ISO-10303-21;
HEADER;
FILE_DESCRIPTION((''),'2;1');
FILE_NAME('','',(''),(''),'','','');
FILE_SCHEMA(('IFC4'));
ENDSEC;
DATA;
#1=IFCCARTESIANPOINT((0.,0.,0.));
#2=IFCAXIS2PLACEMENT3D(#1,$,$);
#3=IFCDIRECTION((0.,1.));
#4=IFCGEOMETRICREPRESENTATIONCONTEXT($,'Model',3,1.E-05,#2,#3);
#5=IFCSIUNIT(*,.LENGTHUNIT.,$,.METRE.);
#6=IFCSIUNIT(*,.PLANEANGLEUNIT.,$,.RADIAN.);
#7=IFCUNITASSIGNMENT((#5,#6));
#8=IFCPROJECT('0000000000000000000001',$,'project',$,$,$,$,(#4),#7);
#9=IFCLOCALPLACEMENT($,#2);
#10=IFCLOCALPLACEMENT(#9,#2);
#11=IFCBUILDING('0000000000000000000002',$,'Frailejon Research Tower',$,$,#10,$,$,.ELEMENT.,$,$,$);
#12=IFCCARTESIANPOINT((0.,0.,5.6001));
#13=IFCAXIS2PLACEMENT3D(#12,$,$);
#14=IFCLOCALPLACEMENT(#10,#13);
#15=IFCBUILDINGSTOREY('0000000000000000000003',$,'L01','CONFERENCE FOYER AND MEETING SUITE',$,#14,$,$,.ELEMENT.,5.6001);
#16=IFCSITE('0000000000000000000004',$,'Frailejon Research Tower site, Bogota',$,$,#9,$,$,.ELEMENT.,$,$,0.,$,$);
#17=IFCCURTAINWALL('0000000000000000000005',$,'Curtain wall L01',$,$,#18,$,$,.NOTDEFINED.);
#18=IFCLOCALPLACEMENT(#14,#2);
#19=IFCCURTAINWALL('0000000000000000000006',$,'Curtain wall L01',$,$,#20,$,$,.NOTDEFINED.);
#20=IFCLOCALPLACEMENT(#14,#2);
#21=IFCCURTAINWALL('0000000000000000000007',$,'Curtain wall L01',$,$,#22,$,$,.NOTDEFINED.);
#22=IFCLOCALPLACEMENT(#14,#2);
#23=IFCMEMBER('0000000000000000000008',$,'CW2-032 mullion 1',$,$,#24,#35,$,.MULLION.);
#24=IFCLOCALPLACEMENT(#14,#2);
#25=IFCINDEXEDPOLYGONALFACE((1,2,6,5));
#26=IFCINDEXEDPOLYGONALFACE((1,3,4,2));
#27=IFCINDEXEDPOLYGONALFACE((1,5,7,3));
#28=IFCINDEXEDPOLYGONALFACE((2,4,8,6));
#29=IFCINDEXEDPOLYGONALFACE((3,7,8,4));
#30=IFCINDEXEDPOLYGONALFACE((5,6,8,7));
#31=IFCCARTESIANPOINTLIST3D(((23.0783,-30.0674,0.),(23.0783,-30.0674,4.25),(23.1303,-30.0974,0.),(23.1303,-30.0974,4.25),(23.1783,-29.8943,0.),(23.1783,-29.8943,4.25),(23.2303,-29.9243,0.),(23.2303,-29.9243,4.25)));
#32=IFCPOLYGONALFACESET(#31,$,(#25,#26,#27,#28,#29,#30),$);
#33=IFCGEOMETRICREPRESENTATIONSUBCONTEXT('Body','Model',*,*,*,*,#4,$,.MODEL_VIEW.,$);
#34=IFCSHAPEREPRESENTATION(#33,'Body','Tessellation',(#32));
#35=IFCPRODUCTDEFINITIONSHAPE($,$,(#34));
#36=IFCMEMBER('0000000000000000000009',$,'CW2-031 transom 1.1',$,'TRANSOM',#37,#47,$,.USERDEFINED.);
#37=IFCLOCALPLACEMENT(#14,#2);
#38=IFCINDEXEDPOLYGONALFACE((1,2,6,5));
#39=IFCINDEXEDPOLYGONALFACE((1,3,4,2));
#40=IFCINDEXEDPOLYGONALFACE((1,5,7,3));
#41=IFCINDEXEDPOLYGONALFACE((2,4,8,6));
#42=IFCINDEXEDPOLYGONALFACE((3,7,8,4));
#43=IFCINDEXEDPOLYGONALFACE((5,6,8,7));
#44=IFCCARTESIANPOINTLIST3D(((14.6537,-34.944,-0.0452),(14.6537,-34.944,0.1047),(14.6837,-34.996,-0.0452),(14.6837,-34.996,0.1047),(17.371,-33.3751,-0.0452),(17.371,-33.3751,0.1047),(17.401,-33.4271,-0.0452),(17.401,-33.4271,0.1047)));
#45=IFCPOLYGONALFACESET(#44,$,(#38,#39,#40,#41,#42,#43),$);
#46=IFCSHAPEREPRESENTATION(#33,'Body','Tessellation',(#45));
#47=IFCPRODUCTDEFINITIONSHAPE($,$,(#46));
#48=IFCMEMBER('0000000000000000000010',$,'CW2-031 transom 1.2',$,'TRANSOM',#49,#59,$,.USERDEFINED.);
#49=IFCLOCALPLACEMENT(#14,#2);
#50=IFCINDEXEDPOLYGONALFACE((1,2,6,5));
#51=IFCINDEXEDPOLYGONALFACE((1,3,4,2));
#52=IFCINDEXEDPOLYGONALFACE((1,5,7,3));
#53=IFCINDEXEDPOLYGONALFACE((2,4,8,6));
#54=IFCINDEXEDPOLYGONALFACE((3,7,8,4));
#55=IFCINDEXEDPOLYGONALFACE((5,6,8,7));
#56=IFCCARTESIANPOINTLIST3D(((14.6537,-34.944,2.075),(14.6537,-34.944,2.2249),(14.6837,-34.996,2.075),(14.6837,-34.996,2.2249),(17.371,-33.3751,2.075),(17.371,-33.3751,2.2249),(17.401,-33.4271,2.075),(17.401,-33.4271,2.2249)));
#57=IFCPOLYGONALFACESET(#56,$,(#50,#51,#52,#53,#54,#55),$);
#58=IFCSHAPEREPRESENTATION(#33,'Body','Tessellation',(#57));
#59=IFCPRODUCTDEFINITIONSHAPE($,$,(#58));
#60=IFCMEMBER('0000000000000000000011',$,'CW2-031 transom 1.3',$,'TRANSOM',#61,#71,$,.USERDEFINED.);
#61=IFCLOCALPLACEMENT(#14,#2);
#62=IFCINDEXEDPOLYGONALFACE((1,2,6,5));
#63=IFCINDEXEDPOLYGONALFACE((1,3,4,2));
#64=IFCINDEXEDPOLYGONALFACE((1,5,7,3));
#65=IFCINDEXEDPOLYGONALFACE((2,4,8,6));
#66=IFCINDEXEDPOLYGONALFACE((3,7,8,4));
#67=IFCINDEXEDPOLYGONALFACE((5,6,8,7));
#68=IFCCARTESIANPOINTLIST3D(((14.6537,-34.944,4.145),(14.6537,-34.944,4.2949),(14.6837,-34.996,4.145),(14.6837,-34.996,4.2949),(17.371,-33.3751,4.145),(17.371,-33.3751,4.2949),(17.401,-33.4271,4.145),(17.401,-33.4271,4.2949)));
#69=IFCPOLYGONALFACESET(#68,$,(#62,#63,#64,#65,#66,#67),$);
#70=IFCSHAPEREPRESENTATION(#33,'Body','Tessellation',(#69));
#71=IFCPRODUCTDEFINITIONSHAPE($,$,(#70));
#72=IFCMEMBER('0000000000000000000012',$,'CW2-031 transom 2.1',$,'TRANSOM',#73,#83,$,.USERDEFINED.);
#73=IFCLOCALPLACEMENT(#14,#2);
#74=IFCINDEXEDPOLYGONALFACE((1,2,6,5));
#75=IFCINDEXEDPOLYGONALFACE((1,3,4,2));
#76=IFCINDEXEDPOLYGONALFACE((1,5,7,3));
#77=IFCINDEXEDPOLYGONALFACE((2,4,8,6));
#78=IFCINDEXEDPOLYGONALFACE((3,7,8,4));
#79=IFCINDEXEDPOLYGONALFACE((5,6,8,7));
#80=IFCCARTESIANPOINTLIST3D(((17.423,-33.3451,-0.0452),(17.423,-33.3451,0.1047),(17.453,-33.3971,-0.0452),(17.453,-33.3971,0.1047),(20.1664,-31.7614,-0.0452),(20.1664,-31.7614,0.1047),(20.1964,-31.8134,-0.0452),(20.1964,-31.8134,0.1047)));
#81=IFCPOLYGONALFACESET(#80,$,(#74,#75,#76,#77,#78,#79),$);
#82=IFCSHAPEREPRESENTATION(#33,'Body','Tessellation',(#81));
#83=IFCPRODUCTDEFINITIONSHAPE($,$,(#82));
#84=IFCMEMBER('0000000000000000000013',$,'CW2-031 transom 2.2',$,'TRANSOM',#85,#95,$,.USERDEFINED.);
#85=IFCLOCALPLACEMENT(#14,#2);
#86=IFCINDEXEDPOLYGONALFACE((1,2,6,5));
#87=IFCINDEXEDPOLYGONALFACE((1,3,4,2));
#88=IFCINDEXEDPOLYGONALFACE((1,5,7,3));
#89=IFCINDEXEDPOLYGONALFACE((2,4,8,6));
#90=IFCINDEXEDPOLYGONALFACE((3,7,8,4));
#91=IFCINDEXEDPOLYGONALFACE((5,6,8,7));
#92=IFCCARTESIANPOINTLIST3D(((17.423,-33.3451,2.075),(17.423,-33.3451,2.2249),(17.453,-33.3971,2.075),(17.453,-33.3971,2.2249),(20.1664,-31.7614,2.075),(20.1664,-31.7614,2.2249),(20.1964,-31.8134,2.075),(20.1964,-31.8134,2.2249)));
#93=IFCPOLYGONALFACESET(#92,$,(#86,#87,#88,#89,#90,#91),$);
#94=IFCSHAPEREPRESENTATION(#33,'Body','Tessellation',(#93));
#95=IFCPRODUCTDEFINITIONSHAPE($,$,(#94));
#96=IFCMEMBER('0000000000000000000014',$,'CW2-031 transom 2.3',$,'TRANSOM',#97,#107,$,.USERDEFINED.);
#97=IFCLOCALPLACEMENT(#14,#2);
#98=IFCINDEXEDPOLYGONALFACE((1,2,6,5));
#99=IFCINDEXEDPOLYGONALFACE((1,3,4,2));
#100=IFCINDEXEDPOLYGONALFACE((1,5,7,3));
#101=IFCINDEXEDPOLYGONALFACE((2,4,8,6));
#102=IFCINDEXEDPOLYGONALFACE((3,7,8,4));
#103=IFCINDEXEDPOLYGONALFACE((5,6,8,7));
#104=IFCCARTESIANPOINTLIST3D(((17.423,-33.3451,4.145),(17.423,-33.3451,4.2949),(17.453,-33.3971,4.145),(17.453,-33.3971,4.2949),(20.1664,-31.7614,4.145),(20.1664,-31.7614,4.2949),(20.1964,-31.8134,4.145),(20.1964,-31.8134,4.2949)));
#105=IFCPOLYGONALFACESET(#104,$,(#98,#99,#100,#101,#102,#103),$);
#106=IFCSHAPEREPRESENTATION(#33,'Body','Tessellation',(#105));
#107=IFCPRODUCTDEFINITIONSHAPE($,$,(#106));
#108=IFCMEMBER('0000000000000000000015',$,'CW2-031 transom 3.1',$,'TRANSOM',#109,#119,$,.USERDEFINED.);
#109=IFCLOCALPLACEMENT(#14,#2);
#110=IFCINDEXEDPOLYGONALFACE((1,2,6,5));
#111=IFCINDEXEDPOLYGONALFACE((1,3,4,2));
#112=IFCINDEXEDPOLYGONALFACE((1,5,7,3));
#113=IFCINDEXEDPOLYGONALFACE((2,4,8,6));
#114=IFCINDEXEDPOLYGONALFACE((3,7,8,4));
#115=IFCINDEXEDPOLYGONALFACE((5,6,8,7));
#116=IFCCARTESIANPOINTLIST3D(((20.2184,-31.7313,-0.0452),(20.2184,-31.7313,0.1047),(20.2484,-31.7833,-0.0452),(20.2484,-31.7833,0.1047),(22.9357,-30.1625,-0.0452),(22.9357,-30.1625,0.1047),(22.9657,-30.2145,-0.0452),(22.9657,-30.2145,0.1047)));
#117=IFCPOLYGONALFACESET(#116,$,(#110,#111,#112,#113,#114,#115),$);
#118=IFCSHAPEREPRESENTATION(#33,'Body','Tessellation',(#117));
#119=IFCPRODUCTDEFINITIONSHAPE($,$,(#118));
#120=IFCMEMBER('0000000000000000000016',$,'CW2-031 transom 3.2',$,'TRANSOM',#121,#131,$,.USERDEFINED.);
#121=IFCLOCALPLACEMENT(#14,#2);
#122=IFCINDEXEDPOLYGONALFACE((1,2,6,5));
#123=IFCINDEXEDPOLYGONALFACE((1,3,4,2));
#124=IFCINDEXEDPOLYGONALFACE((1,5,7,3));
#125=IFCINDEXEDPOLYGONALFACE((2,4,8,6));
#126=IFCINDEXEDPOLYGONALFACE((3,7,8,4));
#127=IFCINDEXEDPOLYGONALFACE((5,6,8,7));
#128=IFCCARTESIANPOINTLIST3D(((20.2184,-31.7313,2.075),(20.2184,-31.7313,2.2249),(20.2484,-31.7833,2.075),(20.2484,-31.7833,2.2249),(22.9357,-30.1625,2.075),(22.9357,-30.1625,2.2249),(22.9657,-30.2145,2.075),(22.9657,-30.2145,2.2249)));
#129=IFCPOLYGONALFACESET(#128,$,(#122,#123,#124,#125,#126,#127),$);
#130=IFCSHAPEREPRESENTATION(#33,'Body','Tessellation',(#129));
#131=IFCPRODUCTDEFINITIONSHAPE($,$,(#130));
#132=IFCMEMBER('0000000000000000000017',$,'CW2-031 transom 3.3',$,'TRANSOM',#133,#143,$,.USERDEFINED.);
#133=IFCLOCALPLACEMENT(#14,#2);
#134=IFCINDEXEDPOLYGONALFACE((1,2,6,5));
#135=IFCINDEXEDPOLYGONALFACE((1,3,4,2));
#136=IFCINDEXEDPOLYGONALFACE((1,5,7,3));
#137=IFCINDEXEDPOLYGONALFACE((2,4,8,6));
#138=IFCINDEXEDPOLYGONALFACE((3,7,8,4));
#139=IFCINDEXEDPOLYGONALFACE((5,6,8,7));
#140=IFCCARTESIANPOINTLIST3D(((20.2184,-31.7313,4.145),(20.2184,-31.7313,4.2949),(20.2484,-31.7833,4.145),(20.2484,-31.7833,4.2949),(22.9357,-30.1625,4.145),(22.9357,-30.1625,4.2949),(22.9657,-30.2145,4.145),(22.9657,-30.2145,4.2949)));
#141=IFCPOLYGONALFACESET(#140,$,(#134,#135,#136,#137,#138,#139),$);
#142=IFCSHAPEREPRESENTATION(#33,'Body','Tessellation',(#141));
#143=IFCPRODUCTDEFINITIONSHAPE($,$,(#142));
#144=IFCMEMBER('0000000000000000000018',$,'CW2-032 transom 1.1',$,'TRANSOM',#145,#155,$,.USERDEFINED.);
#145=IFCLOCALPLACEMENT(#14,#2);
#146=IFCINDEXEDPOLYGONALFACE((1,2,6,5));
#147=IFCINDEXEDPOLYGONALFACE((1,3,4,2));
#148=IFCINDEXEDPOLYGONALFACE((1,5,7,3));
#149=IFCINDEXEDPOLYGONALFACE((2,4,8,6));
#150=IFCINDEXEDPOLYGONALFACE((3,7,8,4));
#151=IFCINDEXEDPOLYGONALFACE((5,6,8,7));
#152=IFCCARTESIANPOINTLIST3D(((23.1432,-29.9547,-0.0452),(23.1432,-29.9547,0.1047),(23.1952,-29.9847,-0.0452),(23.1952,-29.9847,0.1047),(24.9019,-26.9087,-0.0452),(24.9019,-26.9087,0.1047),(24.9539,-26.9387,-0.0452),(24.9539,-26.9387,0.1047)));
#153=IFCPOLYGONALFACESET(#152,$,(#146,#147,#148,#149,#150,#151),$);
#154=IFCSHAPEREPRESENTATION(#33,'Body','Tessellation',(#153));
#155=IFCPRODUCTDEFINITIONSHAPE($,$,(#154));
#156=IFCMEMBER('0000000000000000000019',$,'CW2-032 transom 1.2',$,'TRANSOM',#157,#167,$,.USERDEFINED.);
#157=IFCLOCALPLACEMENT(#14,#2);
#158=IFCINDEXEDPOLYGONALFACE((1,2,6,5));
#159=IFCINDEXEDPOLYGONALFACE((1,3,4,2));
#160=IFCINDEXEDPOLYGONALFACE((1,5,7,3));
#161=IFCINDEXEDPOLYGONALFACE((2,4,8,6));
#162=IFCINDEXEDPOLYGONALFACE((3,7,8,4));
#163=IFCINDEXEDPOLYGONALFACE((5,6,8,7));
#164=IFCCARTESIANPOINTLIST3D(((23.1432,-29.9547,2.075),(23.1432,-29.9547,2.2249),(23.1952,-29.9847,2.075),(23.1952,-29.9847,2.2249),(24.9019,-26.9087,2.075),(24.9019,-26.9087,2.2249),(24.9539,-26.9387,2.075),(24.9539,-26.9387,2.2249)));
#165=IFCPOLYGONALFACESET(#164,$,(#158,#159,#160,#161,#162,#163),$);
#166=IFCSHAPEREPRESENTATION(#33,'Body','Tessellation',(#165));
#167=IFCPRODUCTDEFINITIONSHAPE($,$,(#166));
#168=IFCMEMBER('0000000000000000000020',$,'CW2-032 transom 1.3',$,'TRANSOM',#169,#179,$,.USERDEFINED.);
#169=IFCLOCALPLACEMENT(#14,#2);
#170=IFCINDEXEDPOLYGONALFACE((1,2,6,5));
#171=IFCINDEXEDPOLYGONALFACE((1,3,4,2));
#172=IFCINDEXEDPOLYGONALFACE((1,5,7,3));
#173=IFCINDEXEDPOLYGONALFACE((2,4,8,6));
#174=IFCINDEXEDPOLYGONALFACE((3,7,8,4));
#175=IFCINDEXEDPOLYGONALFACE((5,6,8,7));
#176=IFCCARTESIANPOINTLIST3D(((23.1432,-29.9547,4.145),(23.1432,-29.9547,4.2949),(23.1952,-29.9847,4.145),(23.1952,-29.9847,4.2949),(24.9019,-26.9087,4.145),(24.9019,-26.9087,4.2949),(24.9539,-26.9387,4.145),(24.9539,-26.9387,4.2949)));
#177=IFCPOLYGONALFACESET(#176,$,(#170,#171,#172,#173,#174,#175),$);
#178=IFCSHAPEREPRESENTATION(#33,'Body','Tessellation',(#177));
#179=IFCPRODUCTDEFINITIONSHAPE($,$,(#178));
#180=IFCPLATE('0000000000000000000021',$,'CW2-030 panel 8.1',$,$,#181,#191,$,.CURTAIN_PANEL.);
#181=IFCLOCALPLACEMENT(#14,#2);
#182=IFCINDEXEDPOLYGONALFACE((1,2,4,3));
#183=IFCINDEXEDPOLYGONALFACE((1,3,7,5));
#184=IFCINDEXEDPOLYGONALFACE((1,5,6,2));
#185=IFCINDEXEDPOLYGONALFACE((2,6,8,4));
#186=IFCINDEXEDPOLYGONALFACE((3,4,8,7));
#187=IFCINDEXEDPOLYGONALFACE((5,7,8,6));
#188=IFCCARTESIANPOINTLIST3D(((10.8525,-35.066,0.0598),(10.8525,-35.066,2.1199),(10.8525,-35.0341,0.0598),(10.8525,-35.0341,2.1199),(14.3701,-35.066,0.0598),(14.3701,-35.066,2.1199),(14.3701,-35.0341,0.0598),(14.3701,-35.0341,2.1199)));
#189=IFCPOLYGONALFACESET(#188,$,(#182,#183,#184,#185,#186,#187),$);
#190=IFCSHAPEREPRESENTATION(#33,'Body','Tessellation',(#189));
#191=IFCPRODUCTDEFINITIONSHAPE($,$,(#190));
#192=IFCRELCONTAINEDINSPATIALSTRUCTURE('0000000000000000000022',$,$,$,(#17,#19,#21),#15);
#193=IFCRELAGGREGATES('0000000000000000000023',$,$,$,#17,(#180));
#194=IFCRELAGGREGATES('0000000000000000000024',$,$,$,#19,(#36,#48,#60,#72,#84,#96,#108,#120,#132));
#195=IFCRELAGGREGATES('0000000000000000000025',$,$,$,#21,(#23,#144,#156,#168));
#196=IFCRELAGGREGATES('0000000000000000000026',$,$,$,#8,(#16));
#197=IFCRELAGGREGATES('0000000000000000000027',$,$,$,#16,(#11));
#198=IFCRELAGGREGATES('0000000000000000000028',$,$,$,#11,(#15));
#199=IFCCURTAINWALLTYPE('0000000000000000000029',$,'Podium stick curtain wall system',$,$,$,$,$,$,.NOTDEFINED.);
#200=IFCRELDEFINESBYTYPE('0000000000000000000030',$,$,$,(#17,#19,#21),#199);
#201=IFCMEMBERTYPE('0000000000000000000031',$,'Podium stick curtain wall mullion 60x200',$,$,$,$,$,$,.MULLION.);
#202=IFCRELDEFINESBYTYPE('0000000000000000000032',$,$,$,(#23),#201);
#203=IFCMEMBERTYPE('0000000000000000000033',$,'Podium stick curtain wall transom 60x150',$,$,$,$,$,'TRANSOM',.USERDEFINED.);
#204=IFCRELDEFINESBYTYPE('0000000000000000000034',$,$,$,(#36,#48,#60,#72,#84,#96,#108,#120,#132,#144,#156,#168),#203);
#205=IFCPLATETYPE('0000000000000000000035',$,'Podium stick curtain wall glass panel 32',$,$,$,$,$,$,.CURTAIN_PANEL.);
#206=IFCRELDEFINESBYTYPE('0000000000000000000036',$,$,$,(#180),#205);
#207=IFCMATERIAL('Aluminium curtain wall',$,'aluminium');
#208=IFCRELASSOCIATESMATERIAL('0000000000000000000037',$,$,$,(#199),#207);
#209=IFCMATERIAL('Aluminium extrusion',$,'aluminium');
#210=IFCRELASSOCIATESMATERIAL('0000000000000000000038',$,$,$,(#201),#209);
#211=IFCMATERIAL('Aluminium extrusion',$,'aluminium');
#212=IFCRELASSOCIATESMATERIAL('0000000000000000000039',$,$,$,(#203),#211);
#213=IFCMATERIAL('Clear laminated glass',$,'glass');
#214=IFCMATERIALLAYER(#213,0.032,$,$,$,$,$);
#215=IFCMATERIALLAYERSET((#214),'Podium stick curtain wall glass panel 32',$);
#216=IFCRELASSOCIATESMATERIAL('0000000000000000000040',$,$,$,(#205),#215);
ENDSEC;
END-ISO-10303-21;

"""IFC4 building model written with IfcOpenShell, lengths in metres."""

from ifc_helpers import new_model, si_unit, direction, frame, origin, origin_2d, place, context, subcontext, project, spatial, rectangle, extrude, material, layer, layer_set, material_profile, profile_set, type_object, element, aggregate, save


model = new_model("IFC4")

# Units and contexts
model_context = context("Model", 3, precision=1e-05, world=origin(), true_north=direction((0.0, 1.0)))
body_context = subcontext(model_context, "Body", "Model", "MODEL_VIEW")
ifc_project = project(units=[si_unit("LENGTHUNIT", "METRE"), si_unit("PLANEANGLEUNIT", "RADIAN")], contexts=[model_context])

# Site, building, storey
site_placement = place(None, origin())
site = spatial("IfcSite", under=ifc_project, at=site_placement, Name="Frailejon Research Tower site, Bogota", CompositionType="ELEMENT", RefElevation=0.0)
building_placement = place(site_placement, origin())
building = spatial("IfcBuilding", under=site, at=building_placement, Name="Frailejon Research Tower", CompositionType="ELEMENT")
storey_placement = place(building_placement, frame((0.0, 0.0, 5.6001)))
storey = spatial("IfcBuildingStorey", under=building, at=storey_placement, Name="L01", Description="CONFERENCE FOYER AND MEETING SUITE", CompositionType="ELEMENT", Elevation=5.6001)

# Curtain wall
ifc_material_1 = material(Name="Aluminium curtain wall", Category="aluminium")
curtain_wall_type = type_object("IfcCurtainWallType", Name="Podium stick curtain wall system", PredefinedType="NOTDEFINED", material=ifc_material_1)
curtain_wall_1_placement = place(storey_placement, origin())
curtain_wall_1 = element("IfcCurtainWall", 1, at=curtain_wall_1_placement, inside=storey, type_object=curtain_wall_type, Name="Curtain wall L01", PredefinedType="NOTDEFINED")
ifc_material_2 = material(Name="Aluminium extrusion", Category="aluminium")
ifc_material_profile_1 = material_profile(ifc_material_2, rectangle(XDim=0.0601, YDim=0.2, at=origin_2d()), Name="Podium stick curtain wall mullion 60x200")
ifc_profile_set_1 = profile_set([ifc_material_profile_1], Name="Aluminium extrusion")
member_type_1 = type_object("IfcMemberType", Name="Podium stick curtain wall mullion 60x200", PredefinedType="MULLION", material=ifc_profile_set_1)

# Curtain wall
curtain_wall_2_placement = place(storey_placement, origin())
curtain_wall_2 = element("IfcCurtainWall", 2, at=curtain_wall_2_placement, inside=storey, type_object=curtain_wall_type, Name="Curtain wall L01", PredefinedType="NOTDEFINED")

# Curtain wall, member
curtain_wall_3_placement = place(storey_placement, origin())
curtain_wall_3 = element("IfcCurtainWall", 3, at=curtain_wall_3_placement, inside=storey, type_object=curtain_wall_type, Name="Curtain wall L01", PredefinedType="NOTDEFINED")
member_1_placement = place(storey_placement, frame((23.1543, -29.9958, 0.0), z_axis=(0.0, 0.0, 1.0), x_axis=(-0.866026, 0.499998, 0.0)))
member_1 = element("IfcMember", 4, at=member_1_placement, type_object=member_type_1, Name="CW2-032 mullion 1", PredefinedType="MULLION", context=body_context, shape_type="SweptSolid", body=[
    extrude(rectangle(XDim=0.0601, YDim=0.2, at=origin_2d()), origin(), (0.0, 0.0, 1.0), 4.25),
])

# Members
ifc_material_3 = material(Name="Aluminium extrusion", Category="aluminium")
ifc_material_profile_2 = material_profile(ifc_material_3, rectangle(XDim=0.0601, YDim=0.1499, at=origin_2d()), Name="Podium stick curtain wall transom 60x150")
ifc_profile_set_2 = profile_set([ifc_material_profile_2], Name="Aluminium extrusion")
member_type_2 = type_object("IfcMemberType", Name="Podium stick curtain wall transom 60x150", ElementType="TRANSOM", PredefinedType="USERDEFINED", material=ifc_profile_set_2)
member_2_placement = place(storey_placement, frame((14.6687, -34.97, 0.0298), z_axis=(0.866022, 0.500005, 0.0), x_axis=(-0.500005, 0.866022, 0.0)))
member_2 = element("IfcMember", 5, at=member_2_placement, type_object=member_type_2, Name="CW2-031 transom 1.1", ObjectType="TRANSOM", PredefinedType="USERDEFINED", context=body_context, shape_type="SweptSolid", body=[
    extrude(rectangle(XDim=0.0601, YDim=0.1499, at=origin_2d()), origin(), (0.0, 0.0, 1.0), 3.1377),
])
member_3_placement = place(storey_placement, frame((14.6687, -34.97, 2.1499), z_axis=(0.866022, 0.500005, 0.0), x_axis=(-0.500005, 0.866022, 0.0)))
member_3 = element("IfcMember", 6, at=member_3_placement, type_object=member_type_2, Name="CW2-031 transom 1.2", ObjectType="TRANSOM", PredefinedType="USERDEFINED", context=body_context, shape_type="SweptSolid", body=[
    extrude(rectangle(XDim=0.0601, YDim=0.1499, at=origin_2d()), origin(), (0.0, 0.0, 1.0), 3.1377),
])
member_4_placement = place(storey_placement, frame((14.6687, -34.97, 4.22), z_axis=(0.866022, 0.500005, 0.0), x_axis=(-0.500005, 0.866022, 0.0)))
member_4 = element("IfcMember", 7, at=member_4_placement, type_object=member_type_2, Name="CW2-031 transom 1.3", ObjectType="TRANSOM", PredefinedType="USERDEFINED", context=body_context, shape_type="SweptSolid", body=[
    extrude(rectangle(XDim=0.0601, YDim=0.1499, at=origin_2d()), origin(), (0.0, 0.0, 1.0), 3.1377),
])
member_5_placement = place(storey_placement, frame((17.438, -33.3711, 0.0298), z_axis=(0.866048, 0.49996, 0.0), x_axis=(-0.49996, 0.866048, 0.0)))
member_5 = element("IfcMember", 8, at=member_5_placement, type_object=member_type_2, Name="CW2-031 transom 2.1", ObjectType="TRANSOM", PredefinedType="USERDEFINED", context=body_context, shape_type="SweptSolid", body=[
    extrude(rectangle(XDim=0.0601, YDim=0.1499, at=origin_2d()), origin(), (0.0, 0.0, 1.0), 3.1677),
])
member_6_placement = place(storey_placement, frame((17.438, -33.3711, 2.1499), z_axis=(0.866048, 0.49996, 0.0), x_axis=(-0.49996, 0.866048, 0.0)))
member_6 = element("IfcMember", 9, at=member_6_placement, type_object=member_type_2, Name="CW2-031 transom 2.2", ObjectType="TRANSOM", PredefinedType="USERDEFINED", context=body_context, shape_type="SweptSolid", body=[
    extrude(rectangle(XDim=0.0601, YDim=0.1499, at=origin_2d()), origin(), (0.0, 0.0, 1.0), 3.1677),
])
member_7_placement = place(storey_placement, frame((17.438, -33.3711, 4.22), z_axis=(0.866048, 0.49996, 0.0), x_axis=(-0.49996, 0.866048, 0.0)))
member_7 = element("IfcMember", 10, at=member_7_placement, type_object=member_type_2, Name="CW2-031 transom 2.3", ObjectType="TRANSOM", PredefinedType="USERDEFINED", context=body_context, shape_type="SweptSolid", body=[
    extrude(rectangle(XDim=0.0601, YDim=0.1499, at=origin_2d()), origin(), (0.0, 0.0, 1.0), 3.1677),
])
member_8_placement = place(storey_placement, frame((20.2334, -31.7573, 0.0298), z_axis=(0.866022, 0.500005, 0.0), x_axis=(-0.500005, 0.866022, 0.0)))
member_8 = element("IfcMember", 11, at=member_8_placement, type_object=member_type_2, Name="CW2-031 transom 3.1", ObjectType="TRANSOM", PredefinedType="USERDEFINED", context=body_context, shape_type="SweptSolid", body=[
    extrude(rectangle(XDim=0.0601, YDim=0.1499, at=origin_2d()), origin(), (0.0, 0.0, 1.0), 3.1377),
])
member_9_placement = place(storey_placement, frame((20.2334, -31.7573, 2.1499), z_axis=(0.866022, 0.500005, 0.0), x_axis=(-0.500005, 0.866022, 0.0)))
member_9 = element("IfcMember", 12, at=member_9_placement, type_object=member_type_2, Name="CW2-031 transom 3.2", ObjectType="TRANSOM", PredefinedType="USERDEFINED", context=body_context, shape_type="SweptSolid", body=[
    extrude(rectangle(XDim=0.0601, YDim=0.1499, at=origin_2d()), origin(), (0.0, 0.0, 1.0), 3.1377),
])
member_10_placement = place(storey_placement, frame((20.2334, -31.7573, 4.22), z_axis=(0.866022, 0.500005, 0.0), x_axis=(-0.500005, 0.866022, 0.0)))
member_10 = element("IfcMember", 13, at=member_10_placement, type_object=member_type_2, Name="CW2-031 transom 3.3", ObjectType="TRANSOM", PredefinedType="USERDEFINED", context=body_context, shape_type="SweptSolid", body=[
    extrude(rectangle(XDim=0.0601, YDim=0.1499, at=origin_2d()), origin(), (0.0, 0.0, 1.0), 3.1377),
])
member_11_placement = place(storey_placement, frame((23.1692, -29.9697, 0.0298), z_axis=(0.500021, 0.866013, 0.0), x_axis=(-0.866013, 0.500021, 0.0)))
member_11 = element("IfcMember", 14, at=member_11_placement, type_object=member_type_2, Name="CW2-032 transom 1.1", ObjectType="TRANSOM", PredefinedType="USERDEFINED", context=body_context, shape_type="SweptSolid", body=[
    extrude(rectangle(XDim=0.0601, YDim=0.1499, at=origin_2d()), origin(), (0.0, 0.0, 1.0), 3.5173),
])
member_12_placement = place(storey_placement, frame((23.1692, -29.9697, 2.1499), z_axis=(0.500021, 0.866013, 0.0), x_axis=(-0.866013, 0.500021, 0.0)))
member_12 = element("IfcMember", 15, at=member_12_placement, type_object=member_type_2, Name="CW2-032 transom 1.2", ObjectType="TRANSOM", PredefinedType="USERDEFINED", context=body_context, shape_type="SweptSolid", body=[
    extrude(rectangle(XDim=0.0601, YDim=0.1499, at=origin_2d()), origin(), (0.0, 0.0, 1.0), 3.5173),
])
member_13_placement = place(storey_placement, frame((23.1692, -29.9697, 4.22), z_axis=(0.500021, 0.866013, 0.0), x_axis=(-0.866013, 0.500021, 0.0)))
member_13 = element("IfcMember", 16, at=member_13_placement, type_object=member_type_2, Name="CW2-032 transom 1.3", ObjectType="TRANSOM", PredefinedType="USERDEFINED", context=body_context, shape_type="SweptSolid", body=[
    extrude(rectangle(XDim=0.0601, YDim=0.1499, at=origin_2d()), origin(), (0.0, 0.0, 1.0), 3.5173),
])

# Plate
ifc_material_4 = material(Name="Clear laminated glass", Category="glass")
ifc_layer_1 = layer(ifc_material_4, 0.032)
ifc_layer_set_1 = layer_set([ifc_layer_1], Name="Podium stick curtain wall glass panel 32")
plate_type = type_object("IfcPlateType", Name="Podium stick curtain wall glass panel 32", PredefinedType="CURTAIN_PANEL", material=ifc_layer_set_1)
plate_1_placement = place(storey_placement, frame((12.6113, -35.05, 0.0598), z_axis=(0.0, 0.0, 1.0), x_axis=(1.0, 0.0, 0.0)))
plate_1 = element("IfcPlate", 17, at=plate_1_placement, type_object=plate_type, Name="CW2-030 panel 8.1", PredefinedType="CURTAIN_PANEL", context=body_context, shape_type="SweptSolid", body=[
    extrude(rectangle(XDim=3.5176, YDim=0.032, at=origin_2d()), origin(), (0.0, 0.0, 1.0), 2.0601),
])
aggregate(curtain_wall_1, [plate_1])
aggregate(curtain_wall_2, [member_2, member_3, member_4, member_5, member_6, member_7, member_8, member_9, member_10])
aggregate(curtain_wall_3, [member_1, member_11, member_12, member_13])

save(model, "model.ifc")
